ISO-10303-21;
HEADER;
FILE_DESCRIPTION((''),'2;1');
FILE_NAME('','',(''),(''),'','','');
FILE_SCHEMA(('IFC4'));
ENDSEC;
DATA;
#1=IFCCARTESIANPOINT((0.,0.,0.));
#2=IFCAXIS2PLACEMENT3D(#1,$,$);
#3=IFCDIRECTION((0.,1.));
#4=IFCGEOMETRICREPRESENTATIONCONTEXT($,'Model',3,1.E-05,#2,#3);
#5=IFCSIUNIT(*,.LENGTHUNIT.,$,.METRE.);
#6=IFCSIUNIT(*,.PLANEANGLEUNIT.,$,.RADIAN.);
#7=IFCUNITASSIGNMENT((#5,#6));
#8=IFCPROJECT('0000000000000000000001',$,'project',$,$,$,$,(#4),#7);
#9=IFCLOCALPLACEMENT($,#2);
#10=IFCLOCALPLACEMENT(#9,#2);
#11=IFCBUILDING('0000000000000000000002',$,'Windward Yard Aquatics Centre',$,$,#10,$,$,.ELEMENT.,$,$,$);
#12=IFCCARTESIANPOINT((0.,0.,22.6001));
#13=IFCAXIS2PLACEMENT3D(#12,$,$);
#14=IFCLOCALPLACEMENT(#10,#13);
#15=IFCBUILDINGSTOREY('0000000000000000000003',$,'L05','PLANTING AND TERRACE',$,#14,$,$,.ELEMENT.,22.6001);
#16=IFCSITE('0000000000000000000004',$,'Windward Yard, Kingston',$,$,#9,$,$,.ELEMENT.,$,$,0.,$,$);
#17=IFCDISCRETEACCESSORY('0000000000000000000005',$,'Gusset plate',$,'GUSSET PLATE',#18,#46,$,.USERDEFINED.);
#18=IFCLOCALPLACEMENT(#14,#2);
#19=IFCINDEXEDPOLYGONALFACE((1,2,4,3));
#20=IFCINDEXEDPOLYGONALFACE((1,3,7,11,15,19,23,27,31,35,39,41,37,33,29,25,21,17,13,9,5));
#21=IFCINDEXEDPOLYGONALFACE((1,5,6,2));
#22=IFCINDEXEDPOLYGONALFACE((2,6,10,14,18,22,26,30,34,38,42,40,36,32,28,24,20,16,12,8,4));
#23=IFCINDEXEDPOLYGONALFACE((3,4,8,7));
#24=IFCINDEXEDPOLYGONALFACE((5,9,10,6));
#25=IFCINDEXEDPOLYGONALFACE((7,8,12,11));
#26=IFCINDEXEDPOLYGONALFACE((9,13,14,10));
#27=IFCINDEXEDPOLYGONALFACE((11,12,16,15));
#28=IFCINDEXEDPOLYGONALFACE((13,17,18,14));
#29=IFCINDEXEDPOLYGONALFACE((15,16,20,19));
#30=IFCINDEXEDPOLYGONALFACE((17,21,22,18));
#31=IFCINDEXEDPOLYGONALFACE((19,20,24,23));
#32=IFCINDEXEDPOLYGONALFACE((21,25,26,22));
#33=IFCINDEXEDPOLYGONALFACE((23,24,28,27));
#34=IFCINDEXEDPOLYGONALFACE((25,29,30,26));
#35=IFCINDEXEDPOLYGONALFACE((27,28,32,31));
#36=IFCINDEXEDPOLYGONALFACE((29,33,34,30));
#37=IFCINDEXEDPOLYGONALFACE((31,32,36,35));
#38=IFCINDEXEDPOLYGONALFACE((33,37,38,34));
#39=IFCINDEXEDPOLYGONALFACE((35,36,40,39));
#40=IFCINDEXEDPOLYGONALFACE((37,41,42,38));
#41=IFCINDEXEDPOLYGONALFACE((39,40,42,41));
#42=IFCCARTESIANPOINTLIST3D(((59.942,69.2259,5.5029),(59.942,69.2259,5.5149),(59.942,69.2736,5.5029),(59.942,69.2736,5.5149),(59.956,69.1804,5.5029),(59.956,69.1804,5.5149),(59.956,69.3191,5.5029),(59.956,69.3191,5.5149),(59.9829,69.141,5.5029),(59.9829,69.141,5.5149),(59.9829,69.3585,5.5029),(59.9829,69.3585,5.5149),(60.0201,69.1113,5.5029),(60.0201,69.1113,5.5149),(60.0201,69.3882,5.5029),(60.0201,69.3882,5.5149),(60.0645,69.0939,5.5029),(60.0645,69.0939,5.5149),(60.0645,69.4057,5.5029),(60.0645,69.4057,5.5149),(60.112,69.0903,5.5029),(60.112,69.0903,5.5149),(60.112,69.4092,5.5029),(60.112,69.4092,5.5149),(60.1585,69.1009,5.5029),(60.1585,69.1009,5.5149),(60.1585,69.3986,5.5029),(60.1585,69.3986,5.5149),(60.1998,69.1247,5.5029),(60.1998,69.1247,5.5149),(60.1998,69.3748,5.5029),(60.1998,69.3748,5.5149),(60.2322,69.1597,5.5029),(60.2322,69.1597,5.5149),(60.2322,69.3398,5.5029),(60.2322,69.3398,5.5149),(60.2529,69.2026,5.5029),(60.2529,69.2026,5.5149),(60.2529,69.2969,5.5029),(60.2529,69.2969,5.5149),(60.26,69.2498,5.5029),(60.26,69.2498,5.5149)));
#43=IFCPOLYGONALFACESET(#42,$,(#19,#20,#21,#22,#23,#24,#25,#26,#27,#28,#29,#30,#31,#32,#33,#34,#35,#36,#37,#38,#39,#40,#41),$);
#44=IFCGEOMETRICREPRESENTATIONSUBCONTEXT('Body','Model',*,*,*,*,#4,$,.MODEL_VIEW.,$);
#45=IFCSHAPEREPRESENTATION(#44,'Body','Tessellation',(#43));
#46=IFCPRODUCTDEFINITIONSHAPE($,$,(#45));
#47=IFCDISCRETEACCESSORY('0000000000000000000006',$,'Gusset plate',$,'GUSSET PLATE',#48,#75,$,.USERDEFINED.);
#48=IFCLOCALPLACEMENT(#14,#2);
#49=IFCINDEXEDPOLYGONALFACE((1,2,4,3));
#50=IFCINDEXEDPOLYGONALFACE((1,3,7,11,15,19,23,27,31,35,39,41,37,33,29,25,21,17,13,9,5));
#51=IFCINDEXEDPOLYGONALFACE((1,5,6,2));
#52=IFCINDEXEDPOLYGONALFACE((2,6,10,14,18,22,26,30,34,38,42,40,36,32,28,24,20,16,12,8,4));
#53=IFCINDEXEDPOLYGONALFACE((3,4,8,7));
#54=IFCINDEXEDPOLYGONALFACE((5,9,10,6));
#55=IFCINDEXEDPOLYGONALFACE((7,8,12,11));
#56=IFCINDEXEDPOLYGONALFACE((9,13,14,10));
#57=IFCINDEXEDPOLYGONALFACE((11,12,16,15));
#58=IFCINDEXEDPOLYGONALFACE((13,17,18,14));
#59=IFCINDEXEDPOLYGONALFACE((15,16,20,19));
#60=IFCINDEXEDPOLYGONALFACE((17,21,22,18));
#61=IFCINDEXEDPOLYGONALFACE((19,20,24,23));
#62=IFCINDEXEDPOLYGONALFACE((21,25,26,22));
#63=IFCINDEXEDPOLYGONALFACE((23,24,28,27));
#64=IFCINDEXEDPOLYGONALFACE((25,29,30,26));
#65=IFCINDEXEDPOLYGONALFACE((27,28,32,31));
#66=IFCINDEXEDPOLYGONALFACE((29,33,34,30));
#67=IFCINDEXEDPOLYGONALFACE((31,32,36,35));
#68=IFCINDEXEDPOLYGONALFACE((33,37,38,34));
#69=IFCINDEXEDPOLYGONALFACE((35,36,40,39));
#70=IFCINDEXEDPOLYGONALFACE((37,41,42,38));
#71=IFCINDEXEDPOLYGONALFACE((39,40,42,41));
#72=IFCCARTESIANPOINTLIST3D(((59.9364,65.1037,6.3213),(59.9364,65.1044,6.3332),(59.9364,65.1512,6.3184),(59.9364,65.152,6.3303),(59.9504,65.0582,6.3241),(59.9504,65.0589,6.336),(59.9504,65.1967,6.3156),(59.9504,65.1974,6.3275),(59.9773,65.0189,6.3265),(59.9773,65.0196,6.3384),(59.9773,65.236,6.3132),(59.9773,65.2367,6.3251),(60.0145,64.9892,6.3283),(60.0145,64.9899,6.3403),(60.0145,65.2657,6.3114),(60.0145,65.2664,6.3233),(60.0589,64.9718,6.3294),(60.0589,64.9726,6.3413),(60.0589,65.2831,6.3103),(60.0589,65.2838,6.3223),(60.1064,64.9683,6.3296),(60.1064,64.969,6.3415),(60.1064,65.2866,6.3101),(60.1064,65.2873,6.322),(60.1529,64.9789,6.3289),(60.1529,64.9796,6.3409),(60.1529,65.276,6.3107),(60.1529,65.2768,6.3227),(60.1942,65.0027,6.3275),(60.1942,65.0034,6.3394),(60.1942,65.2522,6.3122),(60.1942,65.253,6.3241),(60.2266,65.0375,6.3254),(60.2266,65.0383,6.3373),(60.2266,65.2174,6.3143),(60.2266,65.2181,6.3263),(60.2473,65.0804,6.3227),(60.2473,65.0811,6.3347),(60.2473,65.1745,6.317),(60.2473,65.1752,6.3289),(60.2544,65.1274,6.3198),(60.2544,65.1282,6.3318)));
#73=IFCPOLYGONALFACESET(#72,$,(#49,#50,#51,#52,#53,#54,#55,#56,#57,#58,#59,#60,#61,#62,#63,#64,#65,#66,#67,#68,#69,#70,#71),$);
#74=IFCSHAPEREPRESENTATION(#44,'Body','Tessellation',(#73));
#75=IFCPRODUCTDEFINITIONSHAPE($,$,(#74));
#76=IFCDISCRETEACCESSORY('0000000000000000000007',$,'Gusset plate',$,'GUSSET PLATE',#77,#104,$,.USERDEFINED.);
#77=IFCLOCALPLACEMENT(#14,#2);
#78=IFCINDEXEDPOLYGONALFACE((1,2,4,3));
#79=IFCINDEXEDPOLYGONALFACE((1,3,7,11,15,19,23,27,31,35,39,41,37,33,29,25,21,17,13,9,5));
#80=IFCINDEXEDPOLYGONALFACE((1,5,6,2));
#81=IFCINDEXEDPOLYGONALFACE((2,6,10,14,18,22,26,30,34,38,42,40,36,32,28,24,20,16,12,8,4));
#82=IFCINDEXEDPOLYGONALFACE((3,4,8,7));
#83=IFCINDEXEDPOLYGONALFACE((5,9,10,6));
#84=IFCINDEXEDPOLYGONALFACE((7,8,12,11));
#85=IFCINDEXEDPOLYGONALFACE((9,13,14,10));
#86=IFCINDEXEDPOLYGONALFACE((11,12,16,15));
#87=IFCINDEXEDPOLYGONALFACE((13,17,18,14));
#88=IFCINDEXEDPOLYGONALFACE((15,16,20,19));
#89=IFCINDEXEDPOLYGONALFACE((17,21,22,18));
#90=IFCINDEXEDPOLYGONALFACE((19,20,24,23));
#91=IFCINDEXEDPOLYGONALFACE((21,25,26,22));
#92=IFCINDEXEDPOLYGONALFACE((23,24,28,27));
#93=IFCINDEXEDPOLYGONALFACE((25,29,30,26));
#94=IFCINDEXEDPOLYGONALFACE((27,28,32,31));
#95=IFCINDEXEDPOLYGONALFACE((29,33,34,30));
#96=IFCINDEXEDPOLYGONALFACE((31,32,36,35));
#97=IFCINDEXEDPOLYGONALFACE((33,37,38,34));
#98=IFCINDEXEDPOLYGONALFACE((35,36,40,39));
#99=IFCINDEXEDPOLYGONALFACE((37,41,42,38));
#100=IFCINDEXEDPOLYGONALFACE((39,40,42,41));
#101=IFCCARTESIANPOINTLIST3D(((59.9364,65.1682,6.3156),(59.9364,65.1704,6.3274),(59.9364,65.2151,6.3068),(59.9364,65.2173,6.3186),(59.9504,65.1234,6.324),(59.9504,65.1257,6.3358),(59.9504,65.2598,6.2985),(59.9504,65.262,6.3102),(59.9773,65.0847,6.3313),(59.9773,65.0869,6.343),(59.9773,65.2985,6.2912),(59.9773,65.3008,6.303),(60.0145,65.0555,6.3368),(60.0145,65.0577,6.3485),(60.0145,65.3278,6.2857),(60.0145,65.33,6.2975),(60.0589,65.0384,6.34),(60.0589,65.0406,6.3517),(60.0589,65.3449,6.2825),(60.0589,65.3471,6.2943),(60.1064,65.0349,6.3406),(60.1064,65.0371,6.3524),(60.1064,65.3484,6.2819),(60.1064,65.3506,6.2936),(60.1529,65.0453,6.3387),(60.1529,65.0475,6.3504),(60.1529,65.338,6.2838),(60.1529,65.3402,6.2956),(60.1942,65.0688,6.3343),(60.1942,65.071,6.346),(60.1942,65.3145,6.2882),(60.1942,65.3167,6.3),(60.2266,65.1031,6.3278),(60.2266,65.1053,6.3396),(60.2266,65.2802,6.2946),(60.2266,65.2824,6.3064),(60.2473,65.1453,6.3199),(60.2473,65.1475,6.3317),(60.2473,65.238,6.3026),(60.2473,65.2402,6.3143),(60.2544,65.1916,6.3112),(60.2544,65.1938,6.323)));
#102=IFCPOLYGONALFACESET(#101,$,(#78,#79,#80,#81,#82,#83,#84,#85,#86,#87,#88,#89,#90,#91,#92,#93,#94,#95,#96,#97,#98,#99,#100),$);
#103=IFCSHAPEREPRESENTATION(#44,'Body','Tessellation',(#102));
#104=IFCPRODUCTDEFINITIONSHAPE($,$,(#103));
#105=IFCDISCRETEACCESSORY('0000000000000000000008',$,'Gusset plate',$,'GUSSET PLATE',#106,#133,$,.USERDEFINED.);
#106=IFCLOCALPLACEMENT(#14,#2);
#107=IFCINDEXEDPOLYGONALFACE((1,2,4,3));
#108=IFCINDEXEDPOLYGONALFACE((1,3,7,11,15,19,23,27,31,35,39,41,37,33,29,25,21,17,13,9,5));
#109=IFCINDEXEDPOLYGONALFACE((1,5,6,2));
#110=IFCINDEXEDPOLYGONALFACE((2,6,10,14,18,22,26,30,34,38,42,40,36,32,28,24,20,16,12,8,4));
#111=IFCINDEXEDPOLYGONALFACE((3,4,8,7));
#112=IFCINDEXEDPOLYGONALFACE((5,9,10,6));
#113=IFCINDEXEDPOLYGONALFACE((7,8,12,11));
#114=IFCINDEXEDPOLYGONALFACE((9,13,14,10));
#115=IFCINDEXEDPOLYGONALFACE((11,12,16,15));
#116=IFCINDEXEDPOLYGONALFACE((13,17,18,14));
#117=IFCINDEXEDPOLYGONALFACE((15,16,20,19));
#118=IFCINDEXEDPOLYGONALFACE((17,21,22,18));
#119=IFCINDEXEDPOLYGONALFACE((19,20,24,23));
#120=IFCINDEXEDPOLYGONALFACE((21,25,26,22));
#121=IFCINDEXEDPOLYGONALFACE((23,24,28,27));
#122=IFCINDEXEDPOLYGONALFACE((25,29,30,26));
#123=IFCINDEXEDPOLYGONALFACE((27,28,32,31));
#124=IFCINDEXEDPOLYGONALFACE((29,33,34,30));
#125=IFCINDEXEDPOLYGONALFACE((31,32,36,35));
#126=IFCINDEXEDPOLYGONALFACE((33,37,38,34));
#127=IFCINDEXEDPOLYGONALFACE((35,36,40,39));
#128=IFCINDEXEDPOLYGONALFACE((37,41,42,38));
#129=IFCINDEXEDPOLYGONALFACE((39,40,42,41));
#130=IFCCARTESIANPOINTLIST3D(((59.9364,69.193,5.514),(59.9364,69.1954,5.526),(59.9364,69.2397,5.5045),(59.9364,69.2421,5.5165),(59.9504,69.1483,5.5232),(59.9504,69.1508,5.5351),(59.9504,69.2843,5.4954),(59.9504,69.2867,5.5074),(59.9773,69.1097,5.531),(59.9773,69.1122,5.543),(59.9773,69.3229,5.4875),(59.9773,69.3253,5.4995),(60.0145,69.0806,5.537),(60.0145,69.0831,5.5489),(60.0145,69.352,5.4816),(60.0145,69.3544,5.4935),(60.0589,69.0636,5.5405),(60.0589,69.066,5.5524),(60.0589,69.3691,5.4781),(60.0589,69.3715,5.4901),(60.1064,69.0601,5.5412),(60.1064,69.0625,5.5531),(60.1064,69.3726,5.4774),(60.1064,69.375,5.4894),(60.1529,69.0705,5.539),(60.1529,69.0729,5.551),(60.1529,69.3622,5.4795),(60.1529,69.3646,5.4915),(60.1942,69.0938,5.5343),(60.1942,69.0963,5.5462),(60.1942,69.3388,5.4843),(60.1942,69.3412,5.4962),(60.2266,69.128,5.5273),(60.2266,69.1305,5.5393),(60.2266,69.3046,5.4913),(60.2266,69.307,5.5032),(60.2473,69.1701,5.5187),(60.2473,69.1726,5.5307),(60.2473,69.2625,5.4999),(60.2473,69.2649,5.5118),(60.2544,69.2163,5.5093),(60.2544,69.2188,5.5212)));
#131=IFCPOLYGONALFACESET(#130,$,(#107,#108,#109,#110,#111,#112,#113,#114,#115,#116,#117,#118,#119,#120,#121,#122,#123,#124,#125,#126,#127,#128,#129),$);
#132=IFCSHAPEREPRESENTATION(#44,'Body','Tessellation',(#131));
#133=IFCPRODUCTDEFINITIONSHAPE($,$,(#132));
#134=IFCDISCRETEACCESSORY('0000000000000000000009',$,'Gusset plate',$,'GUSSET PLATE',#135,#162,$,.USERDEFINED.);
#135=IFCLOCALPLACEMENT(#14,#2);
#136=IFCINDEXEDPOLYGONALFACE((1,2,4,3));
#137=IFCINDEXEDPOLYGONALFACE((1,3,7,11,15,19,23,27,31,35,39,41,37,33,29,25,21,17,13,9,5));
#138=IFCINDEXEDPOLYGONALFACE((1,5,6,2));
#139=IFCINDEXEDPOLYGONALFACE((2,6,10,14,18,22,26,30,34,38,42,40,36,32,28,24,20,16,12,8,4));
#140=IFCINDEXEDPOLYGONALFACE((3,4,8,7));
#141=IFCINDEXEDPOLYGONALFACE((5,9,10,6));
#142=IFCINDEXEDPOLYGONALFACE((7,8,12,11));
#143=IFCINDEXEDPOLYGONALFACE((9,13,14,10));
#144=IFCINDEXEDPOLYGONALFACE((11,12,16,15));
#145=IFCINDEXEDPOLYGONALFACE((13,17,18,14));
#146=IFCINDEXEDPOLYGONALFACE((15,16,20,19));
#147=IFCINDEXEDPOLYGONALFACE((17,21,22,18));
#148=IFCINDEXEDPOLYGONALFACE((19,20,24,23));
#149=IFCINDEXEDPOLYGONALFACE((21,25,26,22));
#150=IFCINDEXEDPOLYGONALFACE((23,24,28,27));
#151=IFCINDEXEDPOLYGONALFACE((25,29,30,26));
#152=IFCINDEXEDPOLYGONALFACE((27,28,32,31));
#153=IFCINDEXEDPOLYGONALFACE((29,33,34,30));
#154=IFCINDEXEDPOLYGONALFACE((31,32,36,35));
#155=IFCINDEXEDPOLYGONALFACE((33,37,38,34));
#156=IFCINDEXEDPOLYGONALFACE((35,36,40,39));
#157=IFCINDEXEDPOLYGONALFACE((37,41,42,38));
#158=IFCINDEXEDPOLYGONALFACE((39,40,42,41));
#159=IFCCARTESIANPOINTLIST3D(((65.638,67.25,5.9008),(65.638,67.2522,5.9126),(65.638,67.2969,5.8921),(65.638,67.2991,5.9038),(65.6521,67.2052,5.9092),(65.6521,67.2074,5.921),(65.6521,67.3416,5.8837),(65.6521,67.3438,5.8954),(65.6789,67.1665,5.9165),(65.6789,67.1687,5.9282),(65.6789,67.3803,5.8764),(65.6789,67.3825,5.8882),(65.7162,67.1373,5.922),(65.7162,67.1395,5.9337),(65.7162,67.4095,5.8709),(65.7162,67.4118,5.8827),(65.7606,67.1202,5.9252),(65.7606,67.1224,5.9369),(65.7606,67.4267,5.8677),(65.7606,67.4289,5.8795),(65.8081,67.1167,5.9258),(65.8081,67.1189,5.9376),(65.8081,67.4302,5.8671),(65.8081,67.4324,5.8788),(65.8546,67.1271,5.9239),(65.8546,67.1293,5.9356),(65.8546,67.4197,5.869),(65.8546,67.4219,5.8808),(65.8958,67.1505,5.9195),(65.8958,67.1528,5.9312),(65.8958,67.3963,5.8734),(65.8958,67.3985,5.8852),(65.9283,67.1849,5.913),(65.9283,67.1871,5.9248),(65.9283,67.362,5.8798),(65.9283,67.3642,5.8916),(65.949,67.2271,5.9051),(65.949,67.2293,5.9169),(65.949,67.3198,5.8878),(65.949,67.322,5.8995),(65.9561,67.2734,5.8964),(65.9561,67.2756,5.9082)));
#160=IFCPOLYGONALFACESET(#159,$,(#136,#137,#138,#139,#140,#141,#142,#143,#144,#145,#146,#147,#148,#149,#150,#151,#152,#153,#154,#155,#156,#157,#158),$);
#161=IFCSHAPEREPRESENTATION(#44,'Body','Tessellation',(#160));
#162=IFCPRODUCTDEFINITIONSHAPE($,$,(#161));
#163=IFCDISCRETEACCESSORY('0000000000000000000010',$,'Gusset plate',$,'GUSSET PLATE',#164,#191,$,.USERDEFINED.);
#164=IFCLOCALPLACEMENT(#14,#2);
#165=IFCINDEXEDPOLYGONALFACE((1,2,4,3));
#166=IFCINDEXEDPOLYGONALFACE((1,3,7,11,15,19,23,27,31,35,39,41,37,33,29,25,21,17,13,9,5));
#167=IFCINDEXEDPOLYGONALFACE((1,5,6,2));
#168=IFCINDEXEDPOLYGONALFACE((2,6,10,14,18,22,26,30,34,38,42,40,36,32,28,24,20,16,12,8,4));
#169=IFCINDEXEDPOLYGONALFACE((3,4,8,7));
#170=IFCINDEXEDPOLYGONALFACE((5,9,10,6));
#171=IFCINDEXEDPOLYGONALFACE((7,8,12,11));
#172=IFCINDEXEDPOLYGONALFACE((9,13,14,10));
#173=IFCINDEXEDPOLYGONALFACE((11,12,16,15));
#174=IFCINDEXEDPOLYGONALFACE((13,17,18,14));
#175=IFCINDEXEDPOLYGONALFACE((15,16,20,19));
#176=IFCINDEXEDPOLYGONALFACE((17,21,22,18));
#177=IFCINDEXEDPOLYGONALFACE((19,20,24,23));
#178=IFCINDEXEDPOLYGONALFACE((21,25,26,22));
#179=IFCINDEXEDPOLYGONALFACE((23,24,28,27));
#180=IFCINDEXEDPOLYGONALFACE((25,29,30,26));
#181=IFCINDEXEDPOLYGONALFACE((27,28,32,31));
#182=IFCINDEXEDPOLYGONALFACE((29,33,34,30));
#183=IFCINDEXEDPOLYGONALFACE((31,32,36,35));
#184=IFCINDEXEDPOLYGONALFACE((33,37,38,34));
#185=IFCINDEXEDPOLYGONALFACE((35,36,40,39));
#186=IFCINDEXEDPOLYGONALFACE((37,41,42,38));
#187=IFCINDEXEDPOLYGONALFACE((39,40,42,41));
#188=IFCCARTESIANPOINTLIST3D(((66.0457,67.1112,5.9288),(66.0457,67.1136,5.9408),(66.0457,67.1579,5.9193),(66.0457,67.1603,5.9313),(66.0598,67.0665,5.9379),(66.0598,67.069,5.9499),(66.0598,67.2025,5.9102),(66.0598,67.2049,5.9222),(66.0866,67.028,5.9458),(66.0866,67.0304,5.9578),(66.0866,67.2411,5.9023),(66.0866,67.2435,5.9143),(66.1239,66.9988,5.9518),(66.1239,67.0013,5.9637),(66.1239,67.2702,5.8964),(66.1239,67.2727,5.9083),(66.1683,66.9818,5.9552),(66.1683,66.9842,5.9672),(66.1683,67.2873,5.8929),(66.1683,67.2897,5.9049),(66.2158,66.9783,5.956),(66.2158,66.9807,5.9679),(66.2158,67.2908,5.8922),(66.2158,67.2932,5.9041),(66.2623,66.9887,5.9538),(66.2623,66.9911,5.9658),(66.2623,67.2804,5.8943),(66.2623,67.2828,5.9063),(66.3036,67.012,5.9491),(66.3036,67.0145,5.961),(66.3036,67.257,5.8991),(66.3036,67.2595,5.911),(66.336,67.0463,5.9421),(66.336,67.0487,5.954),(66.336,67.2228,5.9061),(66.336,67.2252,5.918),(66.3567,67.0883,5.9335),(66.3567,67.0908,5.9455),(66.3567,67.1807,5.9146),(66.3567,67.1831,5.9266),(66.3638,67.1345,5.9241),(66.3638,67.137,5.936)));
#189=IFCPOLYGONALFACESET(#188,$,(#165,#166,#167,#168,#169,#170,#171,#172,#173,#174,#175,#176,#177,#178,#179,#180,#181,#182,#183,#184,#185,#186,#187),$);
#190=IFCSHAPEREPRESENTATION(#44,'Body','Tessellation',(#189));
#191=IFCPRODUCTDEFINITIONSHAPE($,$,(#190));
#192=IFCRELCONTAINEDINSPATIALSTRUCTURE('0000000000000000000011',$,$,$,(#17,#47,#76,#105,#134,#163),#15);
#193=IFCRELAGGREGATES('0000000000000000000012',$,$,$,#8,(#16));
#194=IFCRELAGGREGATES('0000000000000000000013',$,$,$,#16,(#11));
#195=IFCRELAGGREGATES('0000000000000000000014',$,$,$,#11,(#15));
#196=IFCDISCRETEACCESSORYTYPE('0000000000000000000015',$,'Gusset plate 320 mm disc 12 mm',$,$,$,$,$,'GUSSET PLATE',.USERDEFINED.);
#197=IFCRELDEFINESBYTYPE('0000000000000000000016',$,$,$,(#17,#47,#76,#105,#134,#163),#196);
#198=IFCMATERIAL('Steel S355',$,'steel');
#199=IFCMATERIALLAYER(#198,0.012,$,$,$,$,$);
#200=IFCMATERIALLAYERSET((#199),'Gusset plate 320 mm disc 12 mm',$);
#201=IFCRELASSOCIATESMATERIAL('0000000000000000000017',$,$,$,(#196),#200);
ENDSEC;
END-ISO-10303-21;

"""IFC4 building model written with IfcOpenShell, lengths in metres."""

from ifc_helpers import new_model, si_unit, direction, frame, origin, origin_2d, place, context, subcontext, project, spatial, circle, extrude, material, layer, layer_set, type_object, element, save


model = new_model("IFC4")

# Units and contexts
model_context = context("Model", 3, precision=1e-05, world=origin(), true_north=direction((0.0, 1.0)))
body_context = subcontext(model_context, "Body", "Model", "MODEL_VIEW")
ifc_project = project(units=[si_unit("LENGTHUNIT", "METRE"), si_unit("PLANEANGLEUNIT", "RADIAN")], contexts=[model_context])

# Site, building, storey
site_placement = place(None, origin())
site = spatial("IfcSite", under=ifc_project, at=site_placement, Name="Windward Yard, Kingston", CompositionType="ELEMENT", RefElevation=0.0)
building_placement = place(site_placement, origin())
building = spatial("IfcBuilding", under=site, at=building_placement, Name="Windward Yard Aquatics Centre", CompositionType="ELEMENT")
storey_placement = place(building_placement, frame((0.0, 0.0, 22.6001)))
storey = spatial("IfcBuildingStorey", under=building, at=storey_placement, Name="L05", Description="PLANTING AND TERRACE", CompositionType="ELEMENT", Elevation=22.6001)

# Discrete accessories
ifc_material_1 = material(Name="Steel S355", Category="steel")
ifc_layer = layer(ifc_material_1, 0.012)
ifc_layer_set = layer_set([ifc_layer], Name="Gusset plate 320 mm disc 12 mm")
discrete_accessory_type = type_object("IfcDiscreteAccessoryType", Name="Gusset plate 320 mm disc 12 mm", ElementType="GUSSET PLATE", PredefinedType="USERDEFINED", material=ifc_layer_set)
for number, where, z_axis, x_axis, name in (
    (1, (60.1001, 69.2498, 5.5029), (0.0, 0.0, 1.0), (1.0, 0.0, 0.0), "Gusset plate"),
    (2, (60.0945, 65.1282, 6.3318), (0.0, -0.06111, -0.998131), (1.0, 0.0, 0.0), "Gusset plate"),
    (3, (60.0945, 65.1938, 6.323), (0.0, -0.184289, -0.982872), (1.0, 0.0, 0.0), "Gusset plate"),
):
    element("IfcDiscreteAccessory", number, at=place(storey_placement, frame(where, z_axis=z_axis, x_axis=x_axis)), inside=storey, type_object=discrete_accessory_type, Name=name, ObjectType="GUSSET PLATE", PredefinedType="USERDEFINED", context=body_context, shape_type="SweptSolid", body=[
        extrude(circle(Radius=0.1599, at=origin_2d()), origin(), (0.0, 0.0, 1.0), 0.012),
    ])
discrete_accessory_1_placement = place(storey_placement, frame((60.0945, 69.2188, 5.5212), z_axis=(0.0, -0.19996, -0.979804), x_axis=(1.0, 0.0, 0.0)))
element("IfcDiscreteAccessory", 4, at=discrete_accessory_1_placement, inside=storey, type_object=discrete_accessory_type, Name="Gusset plate", ObjectType="GUSSET PLATE", PredefinedType="USERDEFINED", context=body_context, shape_type="SweptSolid", body=[
    extrude(circle(Radius=0.1599, at=origin_2d()), origin(), (0.0, 0.0, 1.0), 0.0122),
])
discrete_accessory_2_placement = place(storey_placement, frame((65.7961, 67.2756, 5.9082), z_axis=(0.0, -0.184289, -0.982872), x_axis=(1.0, 0.0, 0.0)))
element("IfcDiscreteAccessory", 5, at=discrete_accessory_2_placement, inside=storey, type_object=discrete_accessory_type, Name="Gusset plate", ObjectType="GUSSET PLATE", PredefinedType="USERDEFINED", context=body_context, shape_type="SweptSolid", body=[
    extrude(circle(Radius=0.1599, at=origin_2d()), origin(), (0.0, 0.0, 1.0), 0.012),
])
discrete_accessory_3_placement = place(storey_placement, frame((66.2039, 67.137, 5.936), z_axis=(0.0, -0.19996, -0.979804), x_axis=(1.0, 0.0, 0.0)))
element("IfcDiscreteAccessory", 6, at=discrete_accessory_3_placement, inside=storey, type_object=discrete_accessory_type, Name="Gusset plate", ObjectType="GUSSET PLATE", PredefinedType="USERDEFINED", context=body_context, shape_type="SweptSolid", body=[
    extrude(circle(Radius=0.1599, at=origin_2d()), origin(), (0.0, 0.0, 1.0), 0.0122),
])

save(model, "model.ifc")
